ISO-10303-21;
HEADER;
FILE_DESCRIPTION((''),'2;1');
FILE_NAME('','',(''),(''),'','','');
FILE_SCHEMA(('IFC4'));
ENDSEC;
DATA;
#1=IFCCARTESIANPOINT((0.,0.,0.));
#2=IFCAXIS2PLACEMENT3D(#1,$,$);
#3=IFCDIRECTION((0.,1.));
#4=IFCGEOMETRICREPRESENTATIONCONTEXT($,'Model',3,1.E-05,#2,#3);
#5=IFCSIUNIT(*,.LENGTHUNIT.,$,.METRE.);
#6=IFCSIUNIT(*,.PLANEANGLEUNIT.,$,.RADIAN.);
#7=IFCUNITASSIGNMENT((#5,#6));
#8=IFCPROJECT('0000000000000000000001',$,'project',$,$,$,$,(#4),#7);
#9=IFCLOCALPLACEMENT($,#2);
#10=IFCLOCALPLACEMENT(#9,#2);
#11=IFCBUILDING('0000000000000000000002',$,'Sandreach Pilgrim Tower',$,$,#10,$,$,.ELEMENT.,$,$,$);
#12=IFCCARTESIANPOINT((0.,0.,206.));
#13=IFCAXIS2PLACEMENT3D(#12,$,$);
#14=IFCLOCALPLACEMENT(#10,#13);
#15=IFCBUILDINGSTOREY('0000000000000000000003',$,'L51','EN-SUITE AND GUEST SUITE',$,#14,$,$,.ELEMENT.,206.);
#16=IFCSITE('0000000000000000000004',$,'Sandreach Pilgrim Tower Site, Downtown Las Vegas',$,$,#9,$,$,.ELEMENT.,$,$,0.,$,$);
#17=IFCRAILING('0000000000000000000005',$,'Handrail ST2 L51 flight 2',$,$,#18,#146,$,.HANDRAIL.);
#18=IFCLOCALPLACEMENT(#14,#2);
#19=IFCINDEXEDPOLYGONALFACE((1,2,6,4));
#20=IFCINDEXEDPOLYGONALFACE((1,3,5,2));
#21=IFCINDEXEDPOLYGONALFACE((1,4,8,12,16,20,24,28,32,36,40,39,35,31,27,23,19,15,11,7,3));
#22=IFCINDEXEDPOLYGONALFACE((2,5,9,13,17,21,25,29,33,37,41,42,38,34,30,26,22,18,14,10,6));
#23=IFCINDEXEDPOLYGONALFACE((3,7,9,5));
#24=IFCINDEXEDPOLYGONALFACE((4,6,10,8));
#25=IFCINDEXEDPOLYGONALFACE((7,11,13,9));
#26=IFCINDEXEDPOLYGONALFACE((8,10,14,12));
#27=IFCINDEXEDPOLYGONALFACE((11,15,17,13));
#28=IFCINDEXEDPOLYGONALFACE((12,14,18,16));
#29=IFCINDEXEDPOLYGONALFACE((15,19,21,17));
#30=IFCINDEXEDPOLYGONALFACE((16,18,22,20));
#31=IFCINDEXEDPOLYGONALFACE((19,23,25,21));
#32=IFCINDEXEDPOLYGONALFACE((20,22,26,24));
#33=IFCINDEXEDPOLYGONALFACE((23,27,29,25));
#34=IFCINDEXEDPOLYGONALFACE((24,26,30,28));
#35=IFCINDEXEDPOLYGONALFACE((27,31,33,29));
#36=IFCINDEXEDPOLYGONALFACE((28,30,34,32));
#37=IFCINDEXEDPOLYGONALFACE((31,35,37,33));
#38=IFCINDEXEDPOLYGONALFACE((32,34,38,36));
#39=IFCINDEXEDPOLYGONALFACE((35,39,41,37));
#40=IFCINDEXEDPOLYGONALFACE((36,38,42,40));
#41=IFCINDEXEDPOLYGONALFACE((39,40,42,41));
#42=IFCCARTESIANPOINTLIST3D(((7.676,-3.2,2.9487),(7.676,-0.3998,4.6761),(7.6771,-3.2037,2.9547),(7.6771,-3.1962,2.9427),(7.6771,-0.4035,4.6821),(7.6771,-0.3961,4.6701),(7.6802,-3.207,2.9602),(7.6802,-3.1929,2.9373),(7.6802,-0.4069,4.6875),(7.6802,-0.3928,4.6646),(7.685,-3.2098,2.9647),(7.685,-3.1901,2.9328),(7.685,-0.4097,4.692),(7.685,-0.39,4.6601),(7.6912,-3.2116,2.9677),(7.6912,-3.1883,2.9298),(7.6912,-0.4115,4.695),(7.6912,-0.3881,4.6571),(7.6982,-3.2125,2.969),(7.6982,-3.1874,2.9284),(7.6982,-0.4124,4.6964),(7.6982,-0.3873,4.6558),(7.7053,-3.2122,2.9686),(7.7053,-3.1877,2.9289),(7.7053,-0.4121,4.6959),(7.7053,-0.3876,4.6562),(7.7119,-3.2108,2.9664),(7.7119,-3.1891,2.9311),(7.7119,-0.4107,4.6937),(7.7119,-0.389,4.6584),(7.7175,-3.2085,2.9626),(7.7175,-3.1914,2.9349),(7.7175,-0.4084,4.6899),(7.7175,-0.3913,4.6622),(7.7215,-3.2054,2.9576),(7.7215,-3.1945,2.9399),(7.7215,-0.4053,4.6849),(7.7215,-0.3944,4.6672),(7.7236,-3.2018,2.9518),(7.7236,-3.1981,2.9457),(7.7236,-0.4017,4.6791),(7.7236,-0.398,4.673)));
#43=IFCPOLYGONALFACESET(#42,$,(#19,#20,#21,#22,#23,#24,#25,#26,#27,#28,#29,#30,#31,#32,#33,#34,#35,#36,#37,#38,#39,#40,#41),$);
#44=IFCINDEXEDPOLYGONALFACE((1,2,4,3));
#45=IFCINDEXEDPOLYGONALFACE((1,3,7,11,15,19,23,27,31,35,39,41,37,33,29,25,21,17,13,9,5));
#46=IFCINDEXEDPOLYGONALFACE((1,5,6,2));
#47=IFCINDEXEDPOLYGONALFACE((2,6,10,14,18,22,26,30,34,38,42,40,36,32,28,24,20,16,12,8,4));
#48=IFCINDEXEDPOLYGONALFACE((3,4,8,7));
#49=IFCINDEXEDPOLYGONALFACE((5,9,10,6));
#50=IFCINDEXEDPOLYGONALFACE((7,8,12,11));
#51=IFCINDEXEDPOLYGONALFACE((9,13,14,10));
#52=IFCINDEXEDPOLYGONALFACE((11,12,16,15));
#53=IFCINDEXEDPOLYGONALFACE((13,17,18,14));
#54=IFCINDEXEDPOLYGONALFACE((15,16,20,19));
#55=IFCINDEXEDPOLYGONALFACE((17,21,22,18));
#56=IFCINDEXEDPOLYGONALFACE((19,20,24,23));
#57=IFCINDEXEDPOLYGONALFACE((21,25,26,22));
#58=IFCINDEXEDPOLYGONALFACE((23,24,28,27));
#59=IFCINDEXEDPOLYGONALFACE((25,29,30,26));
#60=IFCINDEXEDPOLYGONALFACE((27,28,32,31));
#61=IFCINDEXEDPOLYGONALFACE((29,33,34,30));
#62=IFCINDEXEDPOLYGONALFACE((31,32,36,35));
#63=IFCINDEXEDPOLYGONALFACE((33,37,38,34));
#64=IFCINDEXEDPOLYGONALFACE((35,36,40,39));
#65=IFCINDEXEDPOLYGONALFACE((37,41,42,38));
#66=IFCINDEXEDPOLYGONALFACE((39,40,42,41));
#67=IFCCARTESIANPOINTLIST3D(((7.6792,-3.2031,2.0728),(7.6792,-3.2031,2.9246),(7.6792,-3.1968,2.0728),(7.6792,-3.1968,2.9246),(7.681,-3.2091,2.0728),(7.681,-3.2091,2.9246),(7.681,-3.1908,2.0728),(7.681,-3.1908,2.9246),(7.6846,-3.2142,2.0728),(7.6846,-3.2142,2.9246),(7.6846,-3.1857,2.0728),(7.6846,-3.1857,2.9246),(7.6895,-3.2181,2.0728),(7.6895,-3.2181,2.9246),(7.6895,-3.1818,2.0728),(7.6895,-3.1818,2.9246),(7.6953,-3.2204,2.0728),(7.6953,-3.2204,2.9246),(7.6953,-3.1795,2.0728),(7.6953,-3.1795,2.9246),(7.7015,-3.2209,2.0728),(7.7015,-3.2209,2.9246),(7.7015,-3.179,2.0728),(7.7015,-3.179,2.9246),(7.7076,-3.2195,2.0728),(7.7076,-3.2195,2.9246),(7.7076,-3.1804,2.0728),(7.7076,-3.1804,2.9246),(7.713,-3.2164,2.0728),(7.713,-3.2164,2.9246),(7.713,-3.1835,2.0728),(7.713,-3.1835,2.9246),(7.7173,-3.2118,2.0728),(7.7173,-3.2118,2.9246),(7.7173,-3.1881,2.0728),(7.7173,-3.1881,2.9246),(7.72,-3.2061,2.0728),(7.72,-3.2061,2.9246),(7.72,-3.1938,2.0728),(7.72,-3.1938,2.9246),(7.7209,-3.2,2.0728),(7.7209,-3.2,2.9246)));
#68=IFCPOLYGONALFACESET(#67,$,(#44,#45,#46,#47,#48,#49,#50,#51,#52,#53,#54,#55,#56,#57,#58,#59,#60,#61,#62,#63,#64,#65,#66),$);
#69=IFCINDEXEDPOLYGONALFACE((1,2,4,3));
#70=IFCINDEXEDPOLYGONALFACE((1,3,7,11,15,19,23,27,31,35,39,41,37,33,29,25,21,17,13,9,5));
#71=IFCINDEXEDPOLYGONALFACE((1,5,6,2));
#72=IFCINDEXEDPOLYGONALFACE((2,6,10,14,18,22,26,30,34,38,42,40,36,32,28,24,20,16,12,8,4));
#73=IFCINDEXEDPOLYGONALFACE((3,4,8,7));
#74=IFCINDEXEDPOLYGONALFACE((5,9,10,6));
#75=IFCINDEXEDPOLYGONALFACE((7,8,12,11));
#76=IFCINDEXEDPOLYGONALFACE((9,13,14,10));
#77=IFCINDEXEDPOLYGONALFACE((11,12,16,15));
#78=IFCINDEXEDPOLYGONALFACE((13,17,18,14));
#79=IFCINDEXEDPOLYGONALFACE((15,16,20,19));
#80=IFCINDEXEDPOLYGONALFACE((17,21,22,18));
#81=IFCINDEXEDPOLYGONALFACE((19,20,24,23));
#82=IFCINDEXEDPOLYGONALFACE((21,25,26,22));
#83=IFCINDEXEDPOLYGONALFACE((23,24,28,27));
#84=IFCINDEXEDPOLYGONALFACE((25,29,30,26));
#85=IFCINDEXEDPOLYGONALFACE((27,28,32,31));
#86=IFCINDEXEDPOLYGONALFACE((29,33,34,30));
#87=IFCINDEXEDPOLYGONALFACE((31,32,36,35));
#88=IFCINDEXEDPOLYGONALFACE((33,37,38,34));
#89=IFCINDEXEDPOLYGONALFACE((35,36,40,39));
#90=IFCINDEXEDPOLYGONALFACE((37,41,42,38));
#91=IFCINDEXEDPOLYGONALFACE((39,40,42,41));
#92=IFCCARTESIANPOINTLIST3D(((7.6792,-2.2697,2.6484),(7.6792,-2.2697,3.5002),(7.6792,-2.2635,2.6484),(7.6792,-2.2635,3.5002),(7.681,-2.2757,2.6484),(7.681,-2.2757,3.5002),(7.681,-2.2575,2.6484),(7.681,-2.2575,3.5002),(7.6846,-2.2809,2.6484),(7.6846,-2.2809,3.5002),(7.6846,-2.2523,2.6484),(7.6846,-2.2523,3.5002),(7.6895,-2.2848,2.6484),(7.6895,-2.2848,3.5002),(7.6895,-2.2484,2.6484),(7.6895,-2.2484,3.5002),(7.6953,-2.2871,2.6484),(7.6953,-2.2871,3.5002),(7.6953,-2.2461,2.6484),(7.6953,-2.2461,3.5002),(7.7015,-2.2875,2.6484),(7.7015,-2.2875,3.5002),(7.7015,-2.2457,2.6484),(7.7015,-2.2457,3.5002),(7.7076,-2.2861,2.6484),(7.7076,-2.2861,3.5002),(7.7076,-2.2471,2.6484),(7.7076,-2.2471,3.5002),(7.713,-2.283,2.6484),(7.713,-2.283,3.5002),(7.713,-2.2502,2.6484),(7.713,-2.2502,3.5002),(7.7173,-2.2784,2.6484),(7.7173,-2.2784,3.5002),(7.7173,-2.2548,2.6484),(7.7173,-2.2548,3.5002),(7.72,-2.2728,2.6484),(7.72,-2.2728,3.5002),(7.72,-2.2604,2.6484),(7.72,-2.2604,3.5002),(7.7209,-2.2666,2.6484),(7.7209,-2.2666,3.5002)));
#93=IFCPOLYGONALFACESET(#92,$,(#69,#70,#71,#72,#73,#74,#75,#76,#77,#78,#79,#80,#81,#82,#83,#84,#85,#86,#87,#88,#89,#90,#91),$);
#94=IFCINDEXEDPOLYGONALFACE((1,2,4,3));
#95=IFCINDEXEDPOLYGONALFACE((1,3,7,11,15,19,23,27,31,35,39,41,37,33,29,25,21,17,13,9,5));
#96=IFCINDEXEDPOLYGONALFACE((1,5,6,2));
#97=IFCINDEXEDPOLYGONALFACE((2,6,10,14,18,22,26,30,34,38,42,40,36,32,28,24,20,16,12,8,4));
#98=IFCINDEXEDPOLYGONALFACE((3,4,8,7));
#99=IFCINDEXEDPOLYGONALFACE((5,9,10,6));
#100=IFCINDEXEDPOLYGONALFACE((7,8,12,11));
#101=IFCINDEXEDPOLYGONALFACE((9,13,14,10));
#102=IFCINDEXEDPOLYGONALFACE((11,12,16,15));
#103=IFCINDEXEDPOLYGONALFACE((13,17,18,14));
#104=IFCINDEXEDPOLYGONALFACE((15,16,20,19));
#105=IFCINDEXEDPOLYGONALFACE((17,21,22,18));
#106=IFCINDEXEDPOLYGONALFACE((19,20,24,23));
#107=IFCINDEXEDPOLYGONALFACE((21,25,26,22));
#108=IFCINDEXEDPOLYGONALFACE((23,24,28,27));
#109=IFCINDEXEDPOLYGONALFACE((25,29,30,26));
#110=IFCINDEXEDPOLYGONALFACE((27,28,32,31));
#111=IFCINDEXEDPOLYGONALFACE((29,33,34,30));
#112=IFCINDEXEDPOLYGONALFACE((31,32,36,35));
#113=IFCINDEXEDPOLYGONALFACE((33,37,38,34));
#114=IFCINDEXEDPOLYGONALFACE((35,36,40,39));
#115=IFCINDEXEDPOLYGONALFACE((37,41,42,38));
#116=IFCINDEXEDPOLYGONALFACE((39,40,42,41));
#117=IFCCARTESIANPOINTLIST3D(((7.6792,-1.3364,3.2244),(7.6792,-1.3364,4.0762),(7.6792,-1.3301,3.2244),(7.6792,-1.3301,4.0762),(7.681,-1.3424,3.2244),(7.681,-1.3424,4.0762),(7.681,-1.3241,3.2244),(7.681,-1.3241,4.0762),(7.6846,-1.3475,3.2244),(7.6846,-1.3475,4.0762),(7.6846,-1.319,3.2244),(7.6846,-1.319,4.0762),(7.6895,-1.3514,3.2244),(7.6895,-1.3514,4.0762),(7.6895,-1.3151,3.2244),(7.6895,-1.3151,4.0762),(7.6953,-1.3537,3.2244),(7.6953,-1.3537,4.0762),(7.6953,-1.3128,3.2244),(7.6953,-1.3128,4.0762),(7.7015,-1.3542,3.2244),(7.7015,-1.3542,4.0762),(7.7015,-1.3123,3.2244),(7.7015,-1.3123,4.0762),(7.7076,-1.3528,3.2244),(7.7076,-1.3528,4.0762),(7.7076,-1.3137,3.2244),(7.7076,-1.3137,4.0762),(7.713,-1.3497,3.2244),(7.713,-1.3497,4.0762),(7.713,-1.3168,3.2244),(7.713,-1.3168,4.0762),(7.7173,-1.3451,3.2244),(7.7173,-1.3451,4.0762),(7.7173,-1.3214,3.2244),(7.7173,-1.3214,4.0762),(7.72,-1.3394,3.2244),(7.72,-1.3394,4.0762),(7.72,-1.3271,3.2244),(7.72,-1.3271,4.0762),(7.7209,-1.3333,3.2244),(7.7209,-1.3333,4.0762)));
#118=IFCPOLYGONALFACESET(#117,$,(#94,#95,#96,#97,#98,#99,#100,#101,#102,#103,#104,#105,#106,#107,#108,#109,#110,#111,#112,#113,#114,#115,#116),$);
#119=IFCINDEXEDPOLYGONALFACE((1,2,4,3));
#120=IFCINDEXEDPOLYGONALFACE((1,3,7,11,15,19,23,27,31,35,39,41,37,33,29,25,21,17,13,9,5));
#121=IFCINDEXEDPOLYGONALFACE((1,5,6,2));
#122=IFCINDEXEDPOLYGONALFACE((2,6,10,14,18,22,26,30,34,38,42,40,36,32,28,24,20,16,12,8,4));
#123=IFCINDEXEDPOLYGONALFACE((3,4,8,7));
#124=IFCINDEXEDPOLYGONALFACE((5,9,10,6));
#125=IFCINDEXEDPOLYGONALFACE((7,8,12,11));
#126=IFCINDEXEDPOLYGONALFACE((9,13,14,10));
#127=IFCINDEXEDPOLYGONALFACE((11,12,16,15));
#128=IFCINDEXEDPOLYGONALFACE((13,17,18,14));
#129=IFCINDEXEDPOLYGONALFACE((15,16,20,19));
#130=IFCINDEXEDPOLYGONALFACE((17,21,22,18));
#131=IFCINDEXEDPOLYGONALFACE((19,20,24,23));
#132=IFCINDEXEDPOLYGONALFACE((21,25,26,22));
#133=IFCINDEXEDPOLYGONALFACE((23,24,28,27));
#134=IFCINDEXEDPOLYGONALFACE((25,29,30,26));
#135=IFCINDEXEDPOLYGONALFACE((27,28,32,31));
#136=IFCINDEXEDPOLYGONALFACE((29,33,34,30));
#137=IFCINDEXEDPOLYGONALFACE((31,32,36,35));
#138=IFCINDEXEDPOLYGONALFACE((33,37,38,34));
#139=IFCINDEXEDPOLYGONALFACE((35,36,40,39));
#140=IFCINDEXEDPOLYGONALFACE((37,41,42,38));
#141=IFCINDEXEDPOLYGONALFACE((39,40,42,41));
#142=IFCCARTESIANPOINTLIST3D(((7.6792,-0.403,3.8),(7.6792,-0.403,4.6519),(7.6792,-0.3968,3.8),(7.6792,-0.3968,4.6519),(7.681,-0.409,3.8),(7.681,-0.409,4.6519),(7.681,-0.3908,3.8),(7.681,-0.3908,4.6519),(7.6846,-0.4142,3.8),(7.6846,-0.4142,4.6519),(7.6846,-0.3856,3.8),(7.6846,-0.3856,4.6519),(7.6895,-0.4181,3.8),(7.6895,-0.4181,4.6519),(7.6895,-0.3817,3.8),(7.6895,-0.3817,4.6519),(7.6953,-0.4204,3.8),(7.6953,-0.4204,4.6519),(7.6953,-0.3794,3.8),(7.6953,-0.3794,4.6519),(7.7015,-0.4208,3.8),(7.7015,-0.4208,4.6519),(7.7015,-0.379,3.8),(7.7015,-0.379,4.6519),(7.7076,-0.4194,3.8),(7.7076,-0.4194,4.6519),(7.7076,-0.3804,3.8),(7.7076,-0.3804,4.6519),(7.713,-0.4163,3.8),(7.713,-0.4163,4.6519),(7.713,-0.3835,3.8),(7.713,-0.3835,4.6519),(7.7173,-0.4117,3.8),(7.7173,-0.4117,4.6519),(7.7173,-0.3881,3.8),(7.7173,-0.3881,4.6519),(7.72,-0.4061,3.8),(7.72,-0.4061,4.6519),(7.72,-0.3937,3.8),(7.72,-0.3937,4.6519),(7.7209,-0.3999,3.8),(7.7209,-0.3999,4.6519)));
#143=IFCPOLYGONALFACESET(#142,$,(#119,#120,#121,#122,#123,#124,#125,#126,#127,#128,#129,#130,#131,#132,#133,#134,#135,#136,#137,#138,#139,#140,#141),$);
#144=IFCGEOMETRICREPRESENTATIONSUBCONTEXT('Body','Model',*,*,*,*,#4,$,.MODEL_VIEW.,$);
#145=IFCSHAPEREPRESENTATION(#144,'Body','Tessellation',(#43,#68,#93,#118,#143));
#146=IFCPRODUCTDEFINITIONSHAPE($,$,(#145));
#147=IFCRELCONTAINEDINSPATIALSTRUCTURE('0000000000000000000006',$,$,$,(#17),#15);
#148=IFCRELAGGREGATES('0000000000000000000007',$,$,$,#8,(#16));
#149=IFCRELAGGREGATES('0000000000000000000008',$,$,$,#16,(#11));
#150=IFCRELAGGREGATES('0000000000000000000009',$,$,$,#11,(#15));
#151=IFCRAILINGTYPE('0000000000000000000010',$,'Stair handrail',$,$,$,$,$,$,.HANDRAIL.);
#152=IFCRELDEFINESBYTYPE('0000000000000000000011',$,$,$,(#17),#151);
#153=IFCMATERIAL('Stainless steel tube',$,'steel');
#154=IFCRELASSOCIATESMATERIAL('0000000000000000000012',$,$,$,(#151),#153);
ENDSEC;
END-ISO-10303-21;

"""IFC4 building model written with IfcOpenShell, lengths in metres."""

from ifc_helpers import new_model, si_unit, direction, frame, origin, origin_2d, place, context, subcontext, project, spatial, circle, extrude, material, type_object, element, save


model = new_model("IFC4")

# Units and contexts
model_context = context("Model", 3, precision=1e-05, world=origin(), true_north=direction((0.0, 1.0)))
body_context = subcontext(model_context, "Body", "Model", "MODEL_VIEW")
ifc_project = project(units=[si_unit("LENGTHUNIT", "METRE"), si_unit("PLANEANGLEUNIT", "RADIAN")], contexts=[model_context])

# Site, building, storey
site_placement = place(None, origin())
site = spatial("IfcSite", under=ifc_project, at=site_placement, Name="Sandreach Pilgrim Tower Site, Downtown Las Vegas", CompositionType="ELEMENT", RefElevation=0.0)
building_placement = place(site_placement, origin())
building = spatial("IfcBuilding", under=site, at=building_placement, Name="Sandreach Pilgrim Tower", CompositionType="ELEMENT")
storey_placement = place(building_placement, frame((0.0, 0.0, 206.0)))
storey = spatial("IfcBuildingStorey", under=building, at=storey_placement, Name="L51", Description="EN-SUITE AND GUEST SUITE", CompositionType="ELEMENT", Elevation=206.0)

# Railing
ifc_material_1 = material(Name="Stainless steel tube", Category="steel")
railing_type = type_object("IfcRailingType", Name="Stair handrail", PredefinedType="HANDRAIL", material=ifc_material_1)
for number, where, name in (
    (1, (7.7, -3.2, 2.0728), "Handrail ST2 L51 flight 2"),
):
    element("IfcRailing", number, at=place(storey_placement, frame(where)), inside=storey, type_object=railing_type, Name=name, PredefinedType="HANDRAIL", context=body_context, shape_type="SweptSolid", body=[
        extrude(circle(Radius=0.0239, at=origin_2d()), frame((0.0, 0.0, 0.876), z_axis=(0.0, 0.85109, 0.52502), x_axis=(-1.0, 0.0, 0.0)), (0.0, 0.0, 1.0), 3.29),
        extrude(circle(Radius=0.021, at=origin_2d()), origin(), (0.0, 0.0, 1.0), 0.8518),
        extrude(circle(Radius=0.021, at=origin_2d()), frame((0.0, 0.9333, 0.5757)), (0.0, 0.0, 1.0), 0.8518),
        extrude(circle(Radius=0.021, at=origin_2d()), frame((0.0, 1.8667, 1.1516)), (0.0, 0.0, 1.0), 0.8518),
        extrude(circle(Radius=0.021, at=origin_2d()), frame((0.0, 2.8, 1.7273)), (0.0, 0.0, 1.0), 0.8518),
    ])

save(model, "model.ifc")
